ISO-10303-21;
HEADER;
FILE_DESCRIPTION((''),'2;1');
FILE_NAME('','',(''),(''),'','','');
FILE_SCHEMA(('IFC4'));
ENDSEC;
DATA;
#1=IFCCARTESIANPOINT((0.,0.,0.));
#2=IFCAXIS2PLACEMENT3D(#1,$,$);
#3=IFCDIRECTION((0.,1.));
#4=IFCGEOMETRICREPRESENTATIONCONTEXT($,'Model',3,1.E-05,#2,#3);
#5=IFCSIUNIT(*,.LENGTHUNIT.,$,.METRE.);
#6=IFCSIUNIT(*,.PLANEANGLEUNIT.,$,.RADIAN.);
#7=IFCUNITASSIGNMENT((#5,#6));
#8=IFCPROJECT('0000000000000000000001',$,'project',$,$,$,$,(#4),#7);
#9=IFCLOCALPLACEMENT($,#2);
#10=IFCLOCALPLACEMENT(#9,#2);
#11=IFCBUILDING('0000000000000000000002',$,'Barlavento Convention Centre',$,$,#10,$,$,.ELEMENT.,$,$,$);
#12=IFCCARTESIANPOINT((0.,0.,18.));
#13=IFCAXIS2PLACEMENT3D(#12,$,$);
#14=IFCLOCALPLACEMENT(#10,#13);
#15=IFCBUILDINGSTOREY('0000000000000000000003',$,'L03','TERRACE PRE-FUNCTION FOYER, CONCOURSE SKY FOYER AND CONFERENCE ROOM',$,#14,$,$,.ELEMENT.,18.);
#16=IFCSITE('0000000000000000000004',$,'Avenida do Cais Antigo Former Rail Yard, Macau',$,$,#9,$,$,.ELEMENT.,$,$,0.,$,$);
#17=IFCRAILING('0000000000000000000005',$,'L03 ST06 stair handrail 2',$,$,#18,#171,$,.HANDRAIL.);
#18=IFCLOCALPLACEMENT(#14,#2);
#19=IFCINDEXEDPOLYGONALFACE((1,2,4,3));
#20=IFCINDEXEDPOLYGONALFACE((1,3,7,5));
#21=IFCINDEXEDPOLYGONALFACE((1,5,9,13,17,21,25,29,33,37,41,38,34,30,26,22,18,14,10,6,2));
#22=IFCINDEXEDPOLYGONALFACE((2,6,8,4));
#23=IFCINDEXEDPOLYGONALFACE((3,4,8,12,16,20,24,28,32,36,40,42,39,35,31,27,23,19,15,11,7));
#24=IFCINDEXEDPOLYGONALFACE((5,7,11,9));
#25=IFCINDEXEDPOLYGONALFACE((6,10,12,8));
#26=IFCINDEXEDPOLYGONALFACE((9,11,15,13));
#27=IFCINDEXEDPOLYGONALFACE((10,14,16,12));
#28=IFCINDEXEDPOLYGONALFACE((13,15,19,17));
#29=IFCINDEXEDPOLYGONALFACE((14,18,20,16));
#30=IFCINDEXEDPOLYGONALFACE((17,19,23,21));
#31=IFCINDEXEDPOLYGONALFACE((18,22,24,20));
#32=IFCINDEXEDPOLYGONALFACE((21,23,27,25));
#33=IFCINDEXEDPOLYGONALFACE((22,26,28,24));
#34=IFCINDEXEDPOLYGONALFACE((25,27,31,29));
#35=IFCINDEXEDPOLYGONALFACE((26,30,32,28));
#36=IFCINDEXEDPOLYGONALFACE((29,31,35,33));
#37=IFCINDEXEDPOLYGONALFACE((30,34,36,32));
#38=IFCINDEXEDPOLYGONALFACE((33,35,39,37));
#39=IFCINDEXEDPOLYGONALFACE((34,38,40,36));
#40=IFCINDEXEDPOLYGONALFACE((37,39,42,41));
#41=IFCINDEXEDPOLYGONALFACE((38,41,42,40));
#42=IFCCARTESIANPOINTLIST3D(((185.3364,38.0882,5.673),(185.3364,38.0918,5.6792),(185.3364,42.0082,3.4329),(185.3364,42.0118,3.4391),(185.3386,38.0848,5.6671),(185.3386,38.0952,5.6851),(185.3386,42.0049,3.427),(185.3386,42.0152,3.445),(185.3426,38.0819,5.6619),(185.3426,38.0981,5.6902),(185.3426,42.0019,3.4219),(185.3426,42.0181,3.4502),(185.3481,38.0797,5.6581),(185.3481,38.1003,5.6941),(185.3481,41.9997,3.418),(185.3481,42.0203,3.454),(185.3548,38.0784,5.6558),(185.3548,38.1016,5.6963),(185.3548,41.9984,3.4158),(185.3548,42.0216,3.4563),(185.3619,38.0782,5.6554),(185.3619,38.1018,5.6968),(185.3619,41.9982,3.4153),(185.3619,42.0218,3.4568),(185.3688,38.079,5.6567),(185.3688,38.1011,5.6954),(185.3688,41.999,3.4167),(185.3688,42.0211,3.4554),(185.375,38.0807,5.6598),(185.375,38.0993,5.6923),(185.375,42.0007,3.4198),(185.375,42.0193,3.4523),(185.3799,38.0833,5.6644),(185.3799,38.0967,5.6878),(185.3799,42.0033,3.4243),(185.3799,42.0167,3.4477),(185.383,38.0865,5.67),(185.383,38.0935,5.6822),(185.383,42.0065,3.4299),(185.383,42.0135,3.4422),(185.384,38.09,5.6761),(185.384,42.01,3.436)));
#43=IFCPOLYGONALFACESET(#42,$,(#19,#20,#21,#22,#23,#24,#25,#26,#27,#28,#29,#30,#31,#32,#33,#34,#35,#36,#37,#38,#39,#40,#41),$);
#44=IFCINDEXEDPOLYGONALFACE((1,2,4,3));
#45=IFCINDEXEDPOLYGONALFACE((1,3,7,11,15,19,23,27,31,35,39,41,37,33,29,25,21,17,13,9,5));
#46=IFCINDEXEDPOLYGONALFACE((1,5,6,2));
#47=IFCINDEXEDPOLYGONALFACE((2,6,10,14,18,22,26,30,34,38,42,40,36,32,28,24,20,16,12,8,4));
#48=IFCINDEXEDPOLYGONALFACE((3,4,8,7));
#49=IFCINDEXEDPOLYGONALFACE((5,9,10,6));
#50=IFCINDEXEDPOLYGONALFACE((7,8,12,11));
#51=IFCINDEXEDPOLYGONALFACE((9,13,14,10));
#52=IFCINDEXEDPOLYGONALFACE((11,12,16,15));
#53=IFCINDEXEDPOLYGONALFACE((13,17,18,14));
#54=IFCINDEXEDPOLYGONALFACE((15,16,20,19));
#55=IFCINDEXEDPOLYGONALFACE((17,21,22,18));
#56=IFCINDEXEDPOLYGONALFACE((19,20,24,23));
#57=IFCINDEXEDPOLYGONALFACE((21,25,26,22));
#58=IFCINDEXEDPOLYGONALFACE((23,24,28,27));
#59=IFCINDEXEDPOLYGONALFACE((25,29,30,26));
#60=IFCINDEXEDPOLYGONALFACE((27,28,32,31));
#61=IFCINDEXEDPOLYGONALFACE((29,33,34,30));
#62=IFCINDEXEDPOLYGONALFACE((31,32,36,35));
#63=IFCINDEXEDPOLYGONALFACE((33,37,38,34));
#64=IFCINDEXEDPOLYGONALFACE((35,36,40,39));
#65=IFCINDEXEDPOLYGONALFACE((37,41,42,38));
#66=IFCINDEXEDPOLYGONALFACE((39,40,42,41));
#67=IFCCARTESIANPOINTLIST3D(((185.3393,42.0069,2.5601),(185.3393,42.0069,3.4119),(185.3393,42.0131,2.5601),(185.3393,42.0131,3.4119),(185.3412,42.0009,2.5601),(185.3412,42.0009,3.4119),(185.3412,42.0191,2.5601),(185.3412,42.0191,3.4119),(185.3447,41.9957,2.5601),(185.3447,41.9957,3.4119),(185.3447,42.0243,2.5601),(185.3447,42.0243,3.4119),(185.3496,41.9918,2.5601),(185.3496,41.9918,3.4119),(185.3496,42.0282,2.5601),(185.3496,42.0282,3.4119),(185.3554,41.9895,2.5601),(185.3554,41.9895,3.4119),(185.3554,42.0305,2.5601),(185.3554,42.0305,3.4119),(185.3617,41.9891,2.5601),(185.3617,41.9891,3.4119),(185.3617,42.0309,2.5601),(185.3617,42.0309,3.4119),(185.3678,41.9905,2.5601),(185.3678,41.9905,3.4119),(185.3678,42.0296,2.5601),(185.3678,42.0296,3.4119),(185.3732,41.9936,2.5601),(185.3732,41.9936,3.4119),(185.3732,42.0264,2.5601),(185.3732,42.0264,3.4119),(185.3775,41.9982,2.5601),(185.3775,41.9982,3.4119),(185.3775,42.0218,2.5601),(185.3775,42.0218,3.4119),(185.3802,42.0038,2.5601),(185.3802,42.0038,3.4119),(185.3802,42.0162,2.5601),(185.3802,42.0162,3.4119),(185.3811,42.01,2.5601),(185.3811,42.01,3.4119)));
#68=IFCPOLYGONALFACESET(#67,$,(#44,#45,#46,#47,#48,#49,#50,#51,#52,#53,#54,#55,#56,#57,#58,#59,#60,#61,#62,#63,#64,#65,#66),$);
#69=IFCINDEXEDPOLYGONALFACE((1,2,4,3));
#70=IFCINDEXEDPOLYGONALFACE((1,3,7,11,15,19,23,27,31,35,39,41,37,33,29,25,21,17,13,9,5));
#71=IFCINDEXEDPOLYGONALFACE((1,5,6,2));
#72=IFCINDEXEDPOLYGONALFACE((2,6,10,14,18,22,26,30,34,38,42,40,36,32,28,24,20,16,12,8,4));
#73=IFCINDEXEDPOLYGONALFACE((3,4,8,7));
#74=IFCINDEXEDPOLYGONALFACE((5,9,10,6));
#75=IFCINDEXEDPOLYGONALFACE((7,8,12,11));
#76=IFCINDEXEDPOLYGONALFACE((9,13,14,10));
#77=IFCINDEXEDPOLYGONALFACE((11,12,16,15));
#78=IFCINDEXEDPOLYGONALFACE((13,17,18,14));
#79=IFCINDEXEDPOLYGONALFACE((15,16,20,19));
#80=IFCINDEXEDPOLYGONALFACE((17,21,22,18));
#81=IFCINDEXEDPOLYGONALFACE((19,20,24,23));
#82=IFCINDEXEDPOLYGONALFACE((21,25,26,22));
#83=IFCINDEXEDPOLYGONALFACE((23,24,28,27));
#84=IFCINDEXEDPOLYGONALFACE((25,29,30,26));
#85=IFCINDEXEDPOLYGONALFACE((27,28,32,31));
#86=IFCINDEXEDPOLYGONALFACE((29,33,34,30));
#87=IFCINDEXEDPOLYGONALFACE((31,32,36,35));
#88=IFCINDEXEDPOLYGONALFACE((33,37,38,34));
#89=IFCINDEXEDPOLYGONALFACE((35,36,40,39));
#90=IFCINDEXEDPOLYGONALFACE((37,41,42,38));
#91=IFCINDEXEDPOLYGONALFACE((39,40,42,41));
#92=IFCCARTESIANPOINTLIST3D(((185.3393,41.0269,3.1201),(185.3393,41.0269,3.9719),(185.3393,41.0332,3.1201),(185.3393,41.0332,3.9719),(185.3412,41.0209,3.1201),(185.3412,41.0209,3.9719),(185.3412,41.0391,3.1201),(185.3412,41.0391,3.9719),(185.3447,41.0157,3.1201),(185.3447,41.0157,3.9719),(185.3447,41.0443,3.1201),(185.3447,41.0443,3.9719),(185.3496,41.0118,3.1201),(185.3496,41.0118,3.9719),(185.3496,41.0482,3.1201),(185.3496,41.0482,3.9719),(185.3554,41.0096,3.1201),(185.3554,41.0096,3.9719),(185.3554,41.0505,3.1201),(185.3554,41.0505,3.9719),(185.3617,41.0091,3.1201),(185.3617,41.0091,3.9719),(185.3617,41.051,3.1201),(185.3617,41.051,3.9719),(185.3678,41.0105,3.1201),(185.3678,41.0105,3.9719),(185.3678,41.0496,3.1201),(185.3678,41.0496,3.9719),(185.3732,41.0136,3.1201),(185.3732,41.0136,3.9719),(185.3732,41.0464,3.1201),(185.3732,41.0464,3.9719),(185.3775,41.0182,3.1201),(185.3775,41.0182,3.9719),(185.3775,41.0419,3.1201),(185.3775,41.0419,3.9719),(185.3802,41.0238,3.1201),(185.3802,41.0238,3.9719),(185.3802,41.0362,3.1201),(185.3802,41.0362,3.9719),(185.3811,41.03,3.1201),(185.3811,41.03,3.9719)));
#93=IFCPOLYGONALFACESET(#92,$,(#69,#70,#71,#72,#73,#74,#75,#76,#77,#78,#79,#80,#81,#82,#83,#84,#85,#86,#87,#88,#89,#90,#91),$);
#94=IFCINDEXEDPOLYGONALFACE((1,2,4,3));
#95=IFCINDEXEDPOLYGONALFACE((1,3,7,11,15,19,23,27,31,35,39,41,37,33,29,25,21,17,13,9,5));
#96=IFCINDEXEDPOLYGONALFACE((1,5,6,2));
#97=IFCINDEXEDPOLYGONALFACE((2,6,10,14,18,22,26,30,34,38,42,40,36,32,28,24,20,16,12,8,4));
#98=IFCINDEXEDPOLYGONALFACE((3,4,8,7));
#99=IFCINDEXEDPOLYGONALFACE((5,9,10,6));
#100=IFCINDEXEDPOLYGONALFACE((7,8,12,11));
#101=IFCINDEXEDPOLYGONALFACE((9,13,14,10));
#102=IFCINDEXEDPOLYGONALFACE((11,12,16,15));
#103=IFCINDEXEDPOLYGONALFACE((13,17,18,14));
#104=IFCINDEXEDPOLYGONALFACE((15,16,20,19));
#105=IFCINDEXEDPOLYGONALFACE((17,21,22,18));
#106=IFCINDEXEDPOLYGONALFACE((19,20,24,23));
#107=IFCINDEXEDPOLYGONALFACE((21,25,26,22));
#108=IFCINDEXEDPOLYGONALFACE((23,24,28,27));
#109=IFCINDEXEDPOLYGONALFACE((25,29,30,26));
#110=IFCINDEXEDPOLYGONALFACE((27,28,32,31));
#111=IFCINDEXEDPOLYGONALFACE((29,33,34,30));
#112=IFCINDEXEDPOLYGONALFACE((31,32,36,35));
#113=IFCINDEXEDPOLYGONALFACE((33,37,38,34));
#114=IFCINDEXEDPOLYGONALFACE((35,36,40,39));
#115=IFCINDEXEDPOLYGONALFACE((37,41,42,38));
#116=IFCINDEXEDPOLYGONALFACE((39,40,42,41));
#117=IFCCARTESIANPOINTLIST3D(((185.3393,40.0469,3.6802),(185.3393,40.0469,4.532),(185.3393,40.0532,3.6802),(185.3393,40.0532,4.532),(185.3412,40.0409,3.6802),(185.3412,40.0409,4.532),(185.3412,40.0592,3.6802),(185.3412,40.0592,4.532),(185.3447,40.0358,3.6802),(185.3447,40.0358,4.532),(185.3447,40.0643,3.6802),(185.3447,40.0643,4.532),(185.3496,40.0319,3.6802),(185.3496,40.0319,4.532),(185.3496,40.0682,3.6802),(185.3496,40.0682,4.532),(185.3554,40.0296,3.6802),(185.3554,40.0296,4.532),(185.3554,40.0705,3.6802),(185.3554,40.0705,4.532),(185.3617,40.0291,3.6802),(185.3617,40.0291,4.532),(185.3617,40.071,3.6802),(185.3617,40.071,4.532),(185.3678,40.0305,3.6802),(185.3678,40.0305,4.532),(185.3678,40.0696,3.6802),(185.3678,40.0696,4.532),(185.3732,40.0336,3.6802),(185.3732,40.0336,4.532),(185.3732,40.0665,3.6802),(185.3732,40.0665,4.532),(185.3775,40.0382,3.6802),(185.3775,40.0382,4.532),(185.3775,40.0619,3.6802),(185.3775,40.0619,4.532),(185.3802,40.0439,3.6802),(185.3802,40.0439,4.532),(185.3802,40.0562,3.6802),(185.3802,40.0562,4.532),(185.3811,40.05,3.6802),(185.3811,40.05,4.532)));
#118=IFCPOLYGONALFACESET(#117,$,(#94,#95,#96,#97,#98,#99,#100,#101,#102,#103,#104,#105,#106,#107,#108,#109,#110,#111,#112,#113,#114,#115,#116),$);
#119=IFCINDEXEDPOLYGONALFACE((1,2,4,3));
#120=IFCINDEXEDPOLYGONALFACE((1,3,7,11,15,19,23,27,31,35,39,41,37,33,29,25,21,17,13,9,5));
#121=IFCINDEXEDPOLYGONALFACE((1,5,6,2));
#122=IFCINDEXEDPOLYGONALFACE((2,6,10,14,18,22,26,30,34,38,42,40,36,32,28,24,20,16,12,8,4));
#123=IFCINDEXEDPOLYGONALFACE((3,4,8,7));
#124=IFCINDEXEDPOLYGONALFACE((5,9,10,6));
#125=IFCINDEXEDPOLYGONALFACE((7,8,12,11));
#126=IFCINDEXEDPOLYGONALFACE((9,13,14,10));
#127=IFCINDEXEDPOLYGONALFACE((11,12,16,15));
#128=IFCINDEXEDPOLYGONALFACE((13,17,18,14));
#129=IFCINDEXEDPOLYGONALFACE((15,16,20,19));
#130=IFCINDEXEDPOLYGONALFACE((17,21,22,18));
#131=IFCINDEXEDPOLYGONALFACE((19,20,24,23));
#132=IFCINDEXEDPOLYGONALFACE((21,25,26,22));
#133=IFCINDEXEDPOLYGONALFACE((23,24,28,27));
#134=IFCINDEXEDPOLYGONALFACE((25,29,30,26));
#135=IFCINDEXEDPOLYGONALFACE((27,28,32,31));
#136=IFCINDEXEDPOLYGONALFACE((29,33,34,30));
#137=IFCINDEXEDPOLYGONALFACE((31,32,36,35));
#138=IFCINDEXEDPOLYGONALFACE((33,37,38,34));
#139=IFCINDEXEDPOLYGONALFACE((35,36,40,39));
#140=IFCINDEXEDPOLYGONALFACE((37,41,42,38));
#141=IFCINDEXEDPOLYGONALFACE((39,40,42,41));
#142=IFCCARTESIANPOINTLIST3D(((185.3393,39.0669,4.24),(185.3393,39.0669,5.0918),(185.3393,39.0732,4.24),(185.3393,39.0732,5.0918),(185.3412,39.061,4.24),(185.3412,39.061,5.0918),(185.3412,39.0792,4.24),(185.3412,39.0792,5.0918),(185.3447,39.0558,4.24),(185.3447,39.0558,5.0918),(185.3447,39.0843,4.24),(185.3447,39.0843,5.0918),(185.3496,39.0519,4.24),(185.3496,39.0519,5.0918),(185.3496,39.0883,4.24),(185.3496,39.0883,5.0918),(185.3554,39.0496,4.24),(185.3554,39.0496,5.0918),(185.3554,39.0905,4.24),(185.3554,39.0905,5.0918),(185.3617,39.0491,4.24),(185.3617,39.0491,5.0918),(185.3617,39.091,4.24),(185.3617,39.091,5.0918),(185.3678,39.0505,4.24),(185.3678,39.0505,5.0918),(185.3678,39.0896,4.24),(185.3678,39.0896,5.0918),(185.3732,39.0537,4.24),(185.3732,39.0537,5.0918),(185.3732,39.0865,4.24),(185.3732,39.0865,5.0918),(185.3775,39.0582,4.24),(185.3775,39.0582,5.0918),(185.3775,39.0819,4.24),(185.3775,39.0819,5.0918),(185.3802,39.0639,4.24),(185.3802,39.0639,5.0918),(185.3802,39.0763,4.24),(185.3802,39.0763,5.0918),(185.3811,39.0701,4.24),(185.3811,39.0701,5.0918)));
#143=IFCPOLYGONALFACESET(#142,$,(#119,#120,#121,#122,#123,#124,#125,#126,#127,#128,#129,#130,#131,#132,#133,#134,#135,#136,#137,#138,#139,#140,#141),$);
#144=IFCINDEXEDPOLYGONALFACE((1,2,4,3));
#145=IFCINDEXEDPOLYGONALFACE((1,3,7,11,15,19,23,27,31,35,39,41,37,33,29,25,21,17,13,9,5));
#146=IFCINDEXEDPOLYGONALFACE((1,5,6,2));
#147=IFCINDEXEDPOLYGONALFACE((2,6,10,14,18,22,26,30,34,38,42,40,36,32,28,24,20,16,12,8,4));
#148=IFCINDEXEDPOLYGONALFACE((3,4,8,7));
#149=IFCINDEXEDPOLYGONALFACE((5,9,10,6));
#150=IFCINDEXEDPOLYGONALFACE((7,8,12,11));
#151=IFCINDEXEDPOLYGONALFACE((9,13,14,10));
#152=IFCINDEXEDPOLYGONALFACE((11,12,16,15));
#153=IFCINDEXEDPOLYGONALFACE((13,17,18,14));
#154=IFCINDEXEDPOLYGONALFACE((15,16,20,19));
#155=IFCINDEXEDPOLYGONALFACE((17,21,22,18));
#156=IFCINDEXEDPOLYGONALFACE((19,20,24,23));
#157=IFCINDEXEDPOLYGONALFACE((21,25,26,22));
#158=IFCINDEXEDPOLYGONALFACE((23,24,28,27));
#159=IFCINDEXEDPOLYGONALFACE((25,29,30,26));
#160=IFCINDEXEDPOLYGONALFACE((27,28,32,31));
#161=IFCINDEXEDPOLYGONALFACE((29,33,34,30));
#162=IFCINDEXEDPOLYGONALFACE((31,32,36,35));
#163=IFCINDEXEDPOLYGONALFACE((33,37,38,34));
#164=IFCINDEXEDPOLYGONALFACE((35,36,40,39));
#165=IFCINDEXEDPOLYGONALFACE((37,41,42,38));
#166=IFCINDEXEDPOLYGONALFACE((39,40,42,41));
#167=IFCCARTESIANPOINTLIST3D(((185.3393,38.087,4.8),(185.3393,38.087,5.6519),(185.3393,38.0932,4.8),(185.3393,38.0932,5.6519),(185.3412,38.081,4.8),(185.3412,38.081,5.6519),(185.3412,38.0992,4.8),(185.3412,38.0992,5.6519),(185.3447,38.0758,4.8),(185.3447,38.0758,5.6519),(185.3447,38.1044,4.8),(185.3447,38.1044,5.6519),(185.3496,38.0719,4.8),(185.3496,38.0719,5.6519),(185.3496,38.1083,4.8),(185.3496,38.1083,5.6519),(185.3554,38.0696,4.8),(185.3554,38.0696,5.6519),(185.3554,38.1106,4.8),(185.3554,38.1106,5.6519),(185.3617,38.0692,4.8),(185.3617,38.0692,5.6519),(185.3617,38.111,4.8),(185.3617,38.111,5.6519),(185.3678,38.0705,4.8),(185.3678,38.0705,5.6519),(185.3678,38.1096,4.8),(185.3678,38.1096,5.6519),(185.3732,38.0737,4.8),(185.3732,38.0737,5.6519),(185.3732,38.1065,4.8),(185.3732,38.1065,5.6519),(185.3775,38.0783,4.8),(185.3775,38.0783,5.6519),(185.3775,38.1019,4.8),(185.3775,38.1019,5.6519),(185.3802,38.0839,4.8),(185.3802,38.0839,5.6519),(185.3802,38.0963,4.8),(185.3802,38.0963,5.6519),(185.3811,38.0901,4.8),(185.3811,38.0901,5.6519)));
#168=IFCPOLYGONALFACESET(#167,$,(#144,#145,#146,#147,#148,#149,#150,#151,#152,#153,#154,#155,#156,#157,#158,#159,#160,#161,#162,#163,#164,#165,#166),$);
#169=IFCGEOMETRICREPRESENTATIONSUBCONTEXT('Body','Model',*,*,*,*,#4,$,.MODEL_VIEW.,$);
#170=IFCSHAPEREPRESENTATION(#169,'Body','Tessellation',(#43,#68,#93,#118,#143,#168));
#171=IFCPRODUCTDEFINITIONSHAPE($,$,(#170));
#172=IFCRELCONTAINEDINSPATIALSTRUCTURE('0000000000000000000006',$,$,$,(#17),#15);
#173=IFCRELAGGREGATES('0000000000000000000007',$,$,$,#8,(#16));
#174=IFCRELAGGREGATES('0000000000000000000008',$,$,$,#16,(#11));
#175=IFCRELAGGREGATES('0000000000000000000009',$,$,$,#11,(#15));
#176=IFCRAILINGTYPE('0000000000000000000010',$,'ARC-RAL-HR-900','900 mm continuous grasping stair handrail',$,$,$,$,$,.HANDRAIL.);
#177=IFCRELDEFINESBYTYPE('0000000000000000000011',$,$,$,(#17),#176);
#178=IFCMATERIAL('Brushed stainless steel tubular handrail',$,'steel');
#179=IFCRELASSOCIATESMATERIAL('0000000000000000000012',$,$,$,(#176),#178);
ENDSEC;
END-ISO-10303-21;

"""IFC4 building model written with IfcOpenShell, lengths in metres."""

from ifc_helpers import new_model, si_unit, direction, frame, origin, origin_2d, place, context, subcontext, project, spatial, circle, extrude, material, type_object, element, save


model = new_model("IFC4")

# Units and contexts
model_context = context("Model", 3, precision=1e-05, world=origin(), true_north=direction((0.0, 1.0)))
body_context = subcontext(model_context, "Body", "Model", "MODEL_VIEW")
ifc_project = project(units=[si_unit("LENGTHUNIT", "METRE"), si_unit("PLANEANGLEUNIT", "RADIAN")], contexts=[model_context])

# Site, building, storey
site_placement = place(None, origin())
site = spatial("IfcSite", under=ifc_project, at=site_placement, Name="Avenida do Cais Antigo Former Rail Yard, Macau", CompositionType="ELEMENT", RefElevation=0.0)
building_placement = place(site_placement, origin())
building = spatial("IfcBuilding", under=site, at=building_placement, Name="Barlavento Convention Centre", CompositionType="ELEMENT")
storey_placement = place(building_placement, frame((0.0, 0.0, 18.0)))
storey = spatial("IfcBuildingStorey", under=building, at=storey_placement, Name="L03", Description="TERRACE PRE-FUNCTION FOYER, CONCOURSE SKY FOYER AND CONFERENCE ROOM", CompositionType="ELEMENT", Elevation=18.0)

# Railing
ifc_material_1 = material(Name="Brushed stainless steel tubular handrail", Category="steel")
railing_type_1 = type_object("IfcRailingType", Name="ARC-RAL-HR-900", Description="900 mm continuous grasping stair handrail", PredefinedType="HANDRAIL", material=ifc_material_1)
railing_1_placement = place(storey_placement, frame((185.3601, 42.01, 2.5601)))
element("IfcRailing", 1, at=railing_1_placement, inside=storey, type_object=railing_type_1, Name="L03 ST06 stair handrail 2", PredefinedType="HANDRAIL", context=body_context, shape_type="SweptSolid", body=[
    extrude(circle(Radius=0.0239, at=origin_2d()), frame((0.0, 0.0, 0.876), z_axis=(0.0, -0.86824, 0.496145), x_axis=(1.0, 0.0, 0.0)), (0.0, 0.0, 1.0), 4.5149),
    extrude(circle(Radius=0.021, at=origin_2d()), origin(), (0.0, 0.0, 1.0), 0.8518),
    extrude(circle(Radius=0.021, at=origin_2d()), frame((0.0, -0.98, 0.5601)), (0.0, 0.0, 1.0), 0.8518),
    extrude(circle(Radius=0.021, at=origin_2d()), frame((0.0, -1.96, 1.1201)), (0.0, 0.0, 1.0), 0.8518),
    extrude(circle(Radius=0.021, at=origin_2d()), frame((0.0, -2.9399, 1.6799)), (0.0, 0.0, 1.0), 0.8518),
    extrude(circle(Radius=0.021, at=origin_2d()), frame((0.0, -3.9199, 2.24)), (0.0, 0.0, 1.0), 0.8518),
])

save(model, "model.ifc")
